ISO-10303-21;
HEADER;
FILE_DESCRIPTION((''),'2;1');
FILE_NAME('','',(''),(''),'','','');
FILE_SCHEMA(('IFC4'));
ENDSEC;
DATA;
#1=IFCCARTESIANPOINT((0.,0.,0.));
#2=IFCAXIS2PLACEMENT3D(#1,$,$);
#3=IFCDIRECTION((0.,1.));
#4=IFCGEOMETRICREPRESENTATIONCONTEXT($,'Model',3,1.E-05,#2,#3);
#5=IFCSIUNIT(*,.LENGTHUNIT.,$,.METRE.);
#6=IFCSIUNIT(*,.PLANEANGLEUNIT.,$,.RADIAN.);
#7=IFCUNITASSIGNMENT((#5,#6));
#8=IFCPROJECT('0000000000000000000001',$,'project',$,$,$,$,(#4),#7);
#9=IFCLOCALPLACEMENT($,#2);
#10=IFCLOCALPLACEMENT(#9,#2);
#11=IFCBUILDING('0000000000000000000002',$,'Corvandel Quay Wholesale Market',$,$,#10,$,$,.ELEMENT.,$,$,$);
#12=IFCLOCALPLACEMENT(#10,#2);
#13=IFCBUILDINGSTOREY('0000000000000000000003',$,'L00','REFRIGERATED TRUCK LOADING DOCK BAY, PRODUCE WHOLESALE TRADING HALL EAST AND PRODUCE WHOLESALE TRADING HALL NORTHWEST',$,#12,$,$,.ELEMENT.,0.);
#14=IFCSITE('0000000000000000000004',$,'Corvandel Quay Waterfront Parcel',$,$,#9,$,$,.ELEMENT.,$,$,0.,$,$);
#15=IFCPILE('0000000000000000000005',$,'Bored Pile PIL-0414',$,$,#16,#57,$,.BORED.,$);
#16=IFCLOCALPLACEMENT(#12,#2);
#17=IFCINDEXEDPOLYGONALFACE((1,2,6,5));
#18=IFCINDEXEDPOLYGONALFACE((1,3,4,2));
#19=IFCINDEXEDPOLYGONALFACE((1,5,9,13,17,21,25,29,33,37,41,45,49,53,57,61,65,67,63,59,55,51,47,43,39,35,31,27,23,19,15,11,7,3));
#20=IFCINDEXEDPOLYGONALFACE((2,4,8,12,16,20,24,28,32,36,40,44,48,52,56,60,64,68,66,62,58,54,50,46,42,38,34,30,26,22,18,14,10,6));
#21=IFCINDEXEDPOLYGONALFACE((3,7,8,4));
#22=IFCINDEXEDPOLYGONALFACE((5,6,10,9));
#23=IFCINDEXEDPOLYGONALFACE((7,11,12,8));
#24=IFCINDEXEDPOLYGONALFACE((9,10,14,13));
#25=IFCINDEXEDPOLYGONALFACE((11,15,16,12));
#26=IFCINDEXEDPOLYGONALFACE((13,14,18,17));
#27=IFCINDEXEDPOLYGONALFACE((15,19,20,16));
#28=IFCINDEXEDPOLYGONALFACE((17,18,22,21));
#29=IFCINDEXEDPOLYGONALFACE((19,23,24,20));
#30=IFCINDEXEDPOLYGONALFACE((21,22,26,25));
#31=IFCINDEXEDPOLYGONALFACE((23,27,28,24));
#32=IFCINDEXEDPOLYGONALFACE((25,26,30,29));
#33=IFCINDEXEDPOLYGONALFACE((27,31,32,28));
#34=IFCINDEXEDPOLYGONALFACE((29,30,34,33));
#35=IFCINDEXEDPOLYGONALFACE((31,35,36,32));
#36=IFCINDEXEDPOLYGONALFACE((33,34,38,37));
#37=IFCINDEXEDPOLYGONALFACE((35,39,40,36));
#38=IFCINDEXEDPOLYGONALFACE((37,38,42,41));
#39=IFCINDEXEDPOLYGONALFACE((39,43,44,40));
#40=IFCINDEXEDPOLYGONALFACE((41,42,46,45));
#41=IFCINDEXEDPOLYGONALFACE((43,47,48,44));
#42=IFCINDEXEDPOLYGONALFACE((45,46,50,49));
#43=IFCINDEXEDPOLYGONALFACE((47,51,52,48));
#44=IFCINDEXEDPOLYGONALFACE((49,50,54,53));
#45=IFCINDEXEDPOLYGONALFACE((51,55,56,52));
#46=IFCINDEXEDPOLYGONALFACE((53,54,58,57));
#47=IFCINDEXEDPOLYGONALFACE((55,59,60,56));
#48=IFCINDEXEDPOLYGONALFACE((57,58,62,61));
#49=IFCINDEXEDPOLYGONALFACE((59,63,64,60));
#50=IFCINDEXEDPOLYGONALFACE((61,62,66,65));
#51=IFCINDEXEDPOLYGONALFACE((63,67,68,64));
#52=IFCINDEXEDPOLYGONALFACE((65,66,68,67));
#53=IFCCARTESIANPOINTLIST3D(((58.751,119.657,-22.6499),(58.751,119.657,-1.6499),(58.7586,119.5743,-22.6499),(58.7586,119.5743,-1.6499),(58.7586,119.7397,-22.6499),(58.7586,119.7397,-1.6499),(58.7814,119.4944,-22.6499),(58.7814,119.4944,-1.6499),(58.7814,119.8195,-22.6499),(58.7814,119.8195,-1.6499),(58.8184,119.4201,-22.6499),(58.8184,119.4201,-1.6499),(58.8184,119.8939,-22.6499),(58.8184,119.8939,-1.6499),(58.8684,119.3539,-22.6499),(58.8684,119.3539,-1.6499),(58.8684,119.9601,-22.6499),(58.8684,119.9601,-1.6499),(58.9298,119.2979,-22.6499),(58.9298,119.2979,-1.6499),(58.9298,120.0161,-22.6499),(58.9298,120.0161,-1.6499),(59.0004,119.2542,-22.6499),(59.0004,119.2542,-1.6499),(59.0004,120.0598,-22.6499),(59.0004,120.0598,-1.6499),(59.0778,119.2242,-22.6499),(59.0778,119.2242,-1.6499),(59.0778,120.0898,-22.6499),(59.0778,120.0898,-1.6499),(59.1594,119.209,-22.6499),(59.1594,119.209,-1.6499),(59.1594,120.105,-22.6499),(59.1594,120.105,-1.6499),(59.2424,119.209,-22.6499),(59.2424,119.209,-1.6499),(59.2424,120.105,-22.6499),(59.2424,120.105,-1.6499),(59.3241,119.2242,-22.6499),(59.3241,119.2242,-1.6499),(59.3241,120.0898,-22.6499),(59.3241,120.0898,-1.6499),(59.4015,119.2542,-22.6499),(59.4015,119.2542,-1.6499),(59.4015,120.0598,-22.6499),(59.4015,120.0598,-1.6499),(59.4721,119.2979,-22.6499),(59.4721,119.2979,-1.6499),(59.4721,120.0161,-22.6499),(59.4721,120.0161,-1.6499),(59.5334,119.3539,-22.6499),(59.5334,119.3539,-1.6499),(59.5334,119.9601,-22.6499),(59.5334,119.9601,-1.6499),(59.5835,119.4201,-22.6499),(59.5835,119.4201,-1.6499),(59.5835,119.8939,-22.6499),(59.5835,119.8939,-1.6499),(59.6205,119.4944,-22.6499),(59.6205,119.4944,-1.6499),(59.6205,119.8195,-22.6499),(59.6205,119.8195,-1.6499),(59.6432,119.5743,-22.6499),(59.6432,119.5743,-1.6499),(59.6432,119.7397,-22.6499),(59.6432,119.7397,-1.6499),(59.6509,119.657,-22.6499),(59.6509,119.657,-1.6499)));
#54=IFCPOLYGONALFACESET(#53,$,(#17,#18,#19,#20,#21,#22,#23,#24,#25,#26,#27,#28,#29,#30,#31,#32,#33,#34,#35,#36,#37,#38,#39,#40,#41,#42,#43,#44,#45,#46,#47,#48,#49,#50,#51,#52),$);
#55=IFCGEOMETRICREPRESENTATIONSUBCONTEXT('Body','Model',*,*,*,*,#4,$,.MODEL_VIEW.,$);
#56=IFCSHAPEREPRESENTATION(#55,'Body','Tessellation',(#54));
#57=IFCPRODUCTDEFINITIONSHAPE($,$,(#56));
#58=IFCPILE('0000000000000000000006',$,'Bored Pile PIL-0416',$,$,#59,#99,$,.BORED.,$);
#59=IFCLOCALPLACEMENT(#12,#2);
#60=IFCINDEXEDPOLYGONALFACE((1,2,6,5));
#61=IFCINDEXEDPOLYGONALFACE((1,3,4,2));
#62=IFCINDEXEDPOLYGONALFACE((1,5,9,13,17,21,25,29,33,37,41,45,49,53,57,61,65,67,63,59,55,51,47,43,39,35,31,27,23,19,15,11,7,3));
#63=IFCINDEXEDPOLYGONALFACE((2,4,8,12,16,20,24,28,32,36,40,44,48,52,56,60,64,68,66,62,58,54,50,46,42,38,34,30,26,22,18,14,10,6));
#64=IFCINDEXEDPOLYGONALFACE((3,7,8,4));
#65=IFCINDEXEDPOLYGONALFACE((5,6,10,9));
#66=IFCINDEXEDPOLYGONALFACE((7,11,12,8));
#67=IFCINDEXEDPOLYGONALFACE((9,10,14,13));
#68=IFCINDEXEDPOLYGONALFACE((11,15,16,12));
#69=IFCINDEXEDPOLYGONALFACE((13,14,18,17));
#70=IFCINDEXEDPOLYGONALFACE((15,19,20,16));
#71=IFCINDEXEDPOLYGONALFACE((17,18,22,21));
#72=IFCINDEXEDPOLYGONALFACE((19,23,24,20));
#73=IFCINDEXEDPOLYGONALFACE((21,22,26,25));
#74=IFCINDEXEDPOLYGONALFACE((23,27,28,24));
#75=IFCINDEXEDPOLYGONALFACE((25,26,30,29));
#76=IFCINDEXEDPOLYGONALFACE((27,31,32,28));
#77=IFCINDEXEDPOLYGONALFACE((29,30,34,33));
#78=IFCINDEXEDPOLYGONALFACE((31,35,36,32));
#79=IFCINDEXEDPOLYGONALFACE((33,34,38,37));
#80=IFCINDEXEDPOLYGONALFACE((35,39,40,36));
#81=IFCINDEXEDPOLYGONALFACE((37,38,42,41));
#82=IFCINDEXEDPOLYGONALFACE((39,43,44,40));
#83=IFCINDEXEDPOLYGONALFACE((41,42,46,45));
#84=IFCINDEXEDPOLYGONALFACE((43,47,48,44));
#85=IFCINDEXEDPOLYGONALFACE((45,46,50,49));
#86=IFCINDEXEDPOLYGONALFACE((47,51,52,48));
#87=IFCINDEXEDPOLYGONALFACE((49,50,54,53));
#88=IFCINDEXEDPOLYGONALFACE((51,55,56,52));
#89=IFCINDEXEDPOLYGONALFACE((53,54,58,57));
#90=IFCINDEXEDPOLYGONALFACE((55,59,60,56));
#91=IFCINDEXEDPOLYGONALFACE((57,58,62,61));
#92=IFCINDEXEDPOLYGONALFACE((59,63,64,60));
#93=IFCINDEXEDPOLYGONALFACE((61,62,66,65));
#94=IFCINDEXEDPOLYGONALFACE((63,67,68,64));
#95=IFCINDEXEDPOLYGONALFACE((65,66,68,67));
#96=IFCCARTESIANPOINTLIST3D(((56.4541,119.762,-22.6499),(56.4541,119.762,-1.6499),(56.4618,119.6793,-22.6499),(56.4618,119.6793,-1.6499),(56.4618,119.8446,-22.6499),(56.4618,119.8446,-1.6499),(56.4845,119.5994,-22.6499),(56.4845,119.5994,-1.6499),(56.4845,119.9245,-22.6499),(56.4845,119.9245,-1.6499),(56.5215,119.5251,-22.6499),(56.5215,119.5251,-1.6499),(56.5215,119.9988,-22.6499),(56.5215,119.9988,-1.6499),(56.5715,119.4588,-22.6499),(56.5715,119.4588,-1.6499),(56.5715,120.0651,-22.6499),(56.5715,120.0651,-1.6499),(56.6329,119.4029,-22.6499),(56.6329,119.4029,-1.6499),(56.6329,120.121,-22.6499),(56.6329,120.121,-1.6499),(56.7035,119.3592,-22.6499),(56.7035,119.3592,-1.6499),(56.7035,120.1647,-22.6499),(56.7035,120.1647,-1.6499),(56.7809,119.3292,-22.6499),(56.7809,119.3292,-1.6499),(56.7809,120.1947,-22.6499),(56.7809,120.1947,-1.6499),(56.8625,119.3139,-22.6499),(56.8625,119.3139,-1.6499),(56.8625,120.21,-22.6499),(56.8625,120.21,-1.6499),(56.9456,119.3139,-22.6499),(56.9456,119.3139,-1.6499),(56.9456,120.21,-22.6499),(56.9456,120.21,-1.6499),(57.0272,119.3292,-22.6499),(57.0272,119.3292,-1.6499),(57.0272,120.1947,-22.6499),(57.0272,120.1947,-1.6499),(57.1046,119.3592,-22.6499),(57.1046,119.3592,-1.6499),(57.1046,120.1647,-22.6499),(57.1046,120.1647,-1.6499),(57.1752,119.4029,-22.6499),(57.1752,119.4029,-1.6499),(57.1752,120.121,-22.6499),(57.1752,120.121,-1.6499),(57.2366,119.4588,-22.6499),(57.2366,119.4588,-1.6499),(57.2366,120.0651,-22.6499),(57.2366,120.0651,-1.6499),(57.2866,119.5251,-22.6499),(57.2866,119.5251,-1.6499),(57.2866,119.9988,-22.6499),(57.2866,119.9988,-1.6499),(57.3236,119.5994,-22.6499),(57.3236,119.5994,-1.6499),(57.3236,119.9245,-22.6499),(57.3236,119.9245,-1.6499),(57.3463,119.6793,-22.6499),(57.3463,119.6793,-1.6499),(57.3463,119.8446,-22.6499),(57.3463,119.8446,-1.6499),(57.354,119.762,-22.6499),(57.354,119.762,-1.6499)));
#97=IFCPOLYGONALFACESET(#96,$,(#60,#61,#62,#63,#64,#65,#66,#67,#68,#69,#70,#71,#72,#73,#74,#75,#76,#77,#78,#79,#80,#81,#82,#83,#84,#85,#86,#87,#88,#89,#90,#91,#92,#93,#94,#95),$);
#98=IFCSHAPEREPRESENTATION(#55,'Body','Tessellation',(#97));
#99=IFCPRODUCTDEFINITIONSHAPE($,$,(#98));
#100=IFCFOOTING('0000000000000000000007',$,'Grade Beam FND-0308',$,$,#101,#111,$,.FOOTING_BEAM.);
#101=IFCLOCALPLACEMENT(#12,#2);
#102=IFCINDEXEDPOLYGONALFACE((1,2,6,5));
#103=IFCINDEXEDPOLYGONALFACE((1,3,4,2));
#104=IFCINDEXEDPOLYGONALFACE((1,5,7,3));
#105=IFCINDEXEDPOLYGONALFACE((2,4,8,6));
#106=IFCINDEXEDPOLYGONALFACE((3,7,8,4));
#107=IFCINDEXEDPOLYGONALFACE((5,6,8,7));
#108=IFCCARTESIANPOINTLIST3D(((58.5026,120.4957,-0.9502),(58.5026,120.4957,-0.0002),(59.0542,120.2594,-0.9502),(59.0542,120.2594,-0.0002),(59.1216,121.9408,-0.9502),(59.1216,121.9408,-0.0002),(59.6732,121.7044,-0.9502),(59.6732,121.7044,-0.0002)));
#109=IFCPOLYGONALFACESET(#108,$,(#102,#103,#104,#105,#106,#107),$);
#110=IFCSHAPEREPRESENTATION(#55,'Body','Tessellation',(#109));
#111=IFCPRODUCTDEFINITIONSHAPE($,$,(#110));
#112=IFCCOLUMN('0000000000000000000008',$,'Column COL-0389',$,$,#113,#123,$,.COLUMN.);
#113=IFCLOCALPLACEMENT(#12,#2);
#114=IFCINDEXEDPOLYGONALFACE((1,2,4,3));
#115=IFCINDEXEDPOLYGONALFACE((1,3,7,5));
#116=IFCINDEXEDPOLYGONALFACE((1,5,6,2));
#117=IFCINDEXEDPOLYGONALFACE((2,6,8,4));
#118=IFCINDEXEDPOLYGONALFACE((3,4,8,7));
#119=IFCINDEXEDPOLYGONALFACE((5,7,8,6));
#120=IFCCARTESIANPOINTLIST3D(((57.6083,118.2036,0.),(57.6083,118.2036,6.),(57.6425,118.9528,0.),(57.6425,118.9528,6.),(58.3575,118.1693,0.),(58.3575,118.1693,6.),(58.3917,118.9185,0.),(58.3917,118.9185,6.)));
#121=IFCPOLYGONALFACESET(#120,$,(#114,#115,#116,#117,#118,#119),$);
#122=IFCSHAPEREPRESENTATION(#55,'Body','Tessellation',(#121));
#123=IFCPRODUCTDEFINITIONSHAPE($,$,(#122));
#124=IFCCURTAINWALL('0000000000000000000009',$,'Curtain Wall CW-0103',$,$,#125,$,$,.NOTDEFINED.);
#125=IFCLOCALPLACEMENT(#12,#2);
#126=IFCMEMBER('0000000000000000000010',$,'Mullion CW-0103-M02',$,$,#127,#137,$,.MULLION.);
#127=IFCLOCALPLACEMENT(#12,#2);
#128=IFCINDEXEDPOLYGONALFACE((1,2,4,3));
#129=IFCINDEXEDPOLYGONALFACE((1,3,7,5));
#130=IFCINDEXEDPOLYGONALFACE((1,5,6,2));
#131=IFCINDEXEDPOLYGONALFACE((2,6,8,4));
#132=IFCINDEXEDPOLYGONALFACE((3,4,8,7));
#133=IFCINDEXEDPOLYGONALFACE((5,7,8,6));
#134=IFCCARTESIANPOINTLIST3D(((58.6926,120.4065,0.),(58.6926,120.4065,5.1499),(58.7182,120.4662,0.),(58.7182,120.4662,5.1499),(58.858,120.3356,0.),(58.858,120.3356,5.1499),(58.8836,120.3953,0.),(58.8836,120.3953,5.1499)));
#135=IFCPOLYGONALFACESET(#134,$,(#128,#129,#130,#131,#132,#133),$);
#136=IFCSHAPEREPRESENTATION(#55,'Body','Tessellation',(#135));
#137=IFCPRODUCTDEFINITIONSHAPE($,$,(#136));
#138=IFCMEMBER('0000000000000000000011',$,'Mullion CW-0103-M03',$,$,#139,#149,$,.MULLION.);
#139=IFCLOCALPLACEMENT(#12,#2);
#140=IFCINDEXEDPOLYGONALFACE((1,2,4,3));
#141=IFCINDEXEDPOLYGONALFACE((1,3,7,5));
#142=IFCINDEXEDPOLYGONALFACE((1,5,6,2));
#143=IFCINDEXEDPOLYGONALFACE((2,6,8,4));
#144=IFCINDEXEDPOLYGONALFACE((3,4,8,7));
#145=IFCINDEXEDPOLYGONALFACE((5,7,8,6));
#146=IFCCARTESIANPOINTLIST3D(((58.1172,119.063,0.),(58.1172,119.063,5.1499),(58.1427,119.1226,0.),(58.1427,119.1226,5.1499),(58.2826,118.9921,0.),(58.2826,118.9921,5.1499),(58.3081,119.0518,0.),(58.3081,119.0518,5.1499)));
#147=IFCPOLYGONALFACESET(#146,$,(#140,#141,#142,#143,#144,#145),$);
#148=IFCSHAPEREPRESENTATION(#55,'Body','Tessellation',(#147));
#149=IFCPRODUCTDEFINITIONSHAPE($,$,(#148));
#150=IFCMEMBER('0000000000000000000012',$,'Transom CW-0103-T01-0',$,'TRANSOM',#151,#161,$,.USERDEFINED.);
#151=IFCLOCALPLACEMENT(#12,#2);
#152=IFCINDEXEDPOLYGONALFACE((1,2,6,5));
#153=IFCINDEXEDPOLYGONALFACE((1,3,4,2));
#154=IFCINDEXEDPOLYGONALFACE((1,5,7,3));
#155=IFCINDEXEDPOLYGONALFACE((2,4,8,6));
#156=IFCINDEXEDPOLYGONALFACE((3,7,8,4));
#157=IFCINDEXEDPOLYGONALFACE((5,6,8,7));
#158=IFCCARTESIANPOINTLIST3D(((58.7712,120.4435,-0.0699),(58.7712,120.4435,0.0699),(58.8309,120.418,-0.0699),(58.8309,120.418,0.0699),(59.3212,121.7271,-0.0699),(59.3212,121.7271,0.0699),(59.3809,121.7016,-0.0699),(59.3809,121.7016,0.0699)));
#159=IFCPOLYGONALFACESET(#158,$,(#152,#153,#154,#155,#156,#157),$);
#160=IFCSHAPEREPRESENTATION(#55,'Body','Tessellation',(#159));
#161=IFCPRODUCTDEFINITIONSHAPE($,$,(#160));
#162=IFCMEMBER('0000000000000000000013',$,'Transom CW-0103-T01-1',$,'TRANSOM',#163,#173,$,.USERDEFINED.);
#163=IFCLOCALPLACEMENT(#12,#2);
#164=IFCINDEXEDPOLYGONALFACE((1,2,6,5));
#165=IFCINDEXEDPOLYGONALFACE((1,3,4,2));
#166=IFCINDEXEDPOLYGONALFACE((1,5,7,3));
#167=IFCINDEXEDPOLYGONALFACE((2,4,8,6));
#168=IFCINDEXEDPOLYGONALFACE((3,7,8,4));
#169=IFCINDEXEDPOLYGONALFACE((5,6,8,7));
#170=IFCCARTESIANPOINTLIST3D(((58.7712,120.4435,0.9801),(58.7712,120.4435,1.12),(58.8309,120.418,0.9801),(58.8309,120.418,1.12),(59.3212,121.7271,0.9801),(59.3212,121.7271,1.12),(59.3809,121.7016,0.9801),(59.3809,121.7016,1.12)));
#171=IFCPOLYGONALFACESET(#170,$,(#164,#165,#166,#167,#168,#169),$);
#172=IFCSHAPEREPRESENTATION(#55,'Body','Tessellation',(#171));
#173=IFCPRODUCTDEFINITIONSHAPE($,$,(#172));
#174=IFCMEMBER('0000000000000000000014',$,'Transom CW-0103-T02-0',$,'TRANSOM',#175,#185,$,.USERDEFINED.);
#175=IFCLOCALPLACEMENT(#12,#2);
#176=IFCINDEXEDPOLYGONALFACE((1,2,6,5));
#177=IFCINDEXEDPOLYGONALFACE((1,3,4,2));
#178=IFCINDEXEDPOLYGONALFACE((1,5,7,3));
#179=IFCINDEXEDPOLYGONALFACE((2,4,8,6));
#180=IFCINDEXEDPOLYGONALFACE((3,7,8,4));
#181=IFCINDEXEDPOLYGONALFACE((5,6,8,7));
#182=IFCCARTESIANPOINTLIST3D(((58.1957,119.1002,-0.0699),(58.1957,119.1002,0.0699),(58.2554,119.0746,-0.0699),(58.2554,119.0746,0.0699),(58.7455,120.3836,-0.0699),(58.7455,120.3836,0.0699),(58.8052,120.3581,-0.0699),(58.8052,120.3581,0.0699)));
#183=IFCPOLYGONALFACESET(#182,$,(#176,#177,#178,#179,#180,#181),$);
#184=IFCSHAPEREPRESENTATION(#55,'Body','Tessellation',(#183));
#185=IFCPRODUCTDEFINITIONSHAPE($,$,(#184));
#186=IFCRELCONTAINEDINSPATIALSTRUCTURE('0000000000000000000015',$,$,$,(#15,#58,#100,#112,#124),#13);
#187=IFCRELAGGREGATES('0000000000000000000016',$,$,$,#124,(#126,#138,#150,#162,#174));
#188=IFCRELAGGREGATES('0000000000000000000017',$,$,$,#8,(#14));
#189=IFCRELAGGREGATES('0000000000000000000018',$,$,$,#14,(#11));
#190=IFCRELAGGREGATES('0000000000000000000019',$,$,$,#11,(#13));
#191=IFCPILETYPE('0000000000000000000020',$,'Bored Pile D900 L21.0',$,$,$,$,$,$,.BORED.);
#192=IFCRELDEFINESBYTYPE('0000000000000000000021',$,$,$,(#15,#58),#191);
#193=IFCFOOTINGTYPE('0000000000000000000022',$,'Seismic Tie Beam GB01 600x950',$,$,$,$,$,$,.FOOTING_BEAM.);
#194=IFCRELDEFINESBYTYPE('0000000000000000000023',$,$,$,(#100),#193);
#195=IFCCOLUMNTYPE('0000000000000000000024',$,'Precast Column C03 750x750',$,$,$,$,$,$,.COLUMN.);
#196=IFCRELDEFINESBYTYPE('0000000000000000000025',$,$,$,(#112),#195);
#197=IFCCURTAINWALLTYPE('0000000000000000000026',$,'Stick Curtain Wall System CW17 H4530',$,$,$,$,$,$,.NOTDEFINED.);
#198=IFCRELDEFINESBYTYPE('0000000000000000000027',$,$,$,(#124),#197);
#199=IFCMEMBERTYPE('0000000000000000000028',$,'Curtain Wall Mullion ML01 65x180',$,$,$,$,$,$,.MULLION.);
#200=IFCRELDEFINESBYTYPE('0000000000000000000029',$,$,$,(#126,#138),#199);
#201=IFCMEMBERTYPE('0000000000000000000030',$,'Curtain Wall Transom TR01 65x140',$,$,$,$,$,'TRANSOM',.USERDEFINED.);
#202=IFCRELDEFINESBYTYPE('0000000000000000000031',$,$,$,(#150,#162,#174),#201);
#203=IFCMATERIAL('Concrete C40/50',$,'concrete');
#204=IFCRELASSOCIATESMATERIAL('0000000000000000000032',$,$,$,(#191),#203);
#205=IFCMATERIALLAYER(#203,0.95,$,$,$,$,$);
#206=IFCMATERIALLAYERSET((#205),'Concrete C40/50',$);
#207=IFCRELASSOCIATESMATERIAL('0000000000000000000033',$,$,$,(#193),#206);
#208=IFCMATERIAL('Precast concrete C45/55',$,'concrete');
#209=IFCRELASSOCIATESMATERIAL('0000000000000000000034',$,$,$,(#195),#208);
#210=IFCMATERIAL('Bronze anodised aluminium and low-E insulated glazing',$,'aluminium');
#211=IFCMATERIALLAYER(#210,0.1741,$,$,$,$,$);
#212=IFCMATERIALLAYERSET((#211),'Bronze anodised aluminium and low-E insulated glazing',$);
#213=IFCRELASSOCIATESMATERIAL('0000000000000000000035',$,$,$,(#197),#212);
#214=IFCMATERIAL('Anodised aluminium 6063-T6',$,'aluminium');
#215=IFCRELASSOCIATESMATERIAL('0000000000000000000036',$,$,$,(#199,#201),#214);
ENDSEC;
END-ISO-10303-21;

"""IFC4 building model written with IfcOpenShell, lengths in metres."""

from ifc_helpers import new_model, si_unit, direction, frame, origin, origin_2d, place, context, subcontext, project, spatial, rectangle, circle, extrude, material, layer, layer_set, material_profile, profile_set, type_object, element, aggregate, save


model = new_model("IFC4")

# Units and contexts
model_context = context("Model", 3, precision=1e-05, world=origin(), true_north=direction((0.0, 1.0)))
body_context = subcontext(model_context, "Body", "Model", "MODEL_VIEW")
ifc_project = project(units=[si_unit("LENGTHUNIT", "METRE"), si_unit("PLANEANGLEUNIT", "RADIAN")], contexts=[model_context])

# Site, building, storey
site_placement = place(None, origin())
site = spatial("IfcSite", under=ifc_project, at=site_placement, Name="Corvandel Quay Waterfront Parcel", CompositionType="ELEMENT", RefElevation=0.0)
building_placement = place(site_placement, origin())
building = spatial("IfcBuilding", under=site, at=building_placement, Name="Corvandel Quay Wholesale Market", CompositionType="ELEMENT")
storey_placement = place(building_placement, origin())
storey = spatial("IfcBuildingStorey", under=building, at=storey_placement, Name="L00", Description="REFRIGERATED TRUCK LOADING DOCK BAY, PRODUCE WHOLESALE TRADING HALL EAST AND PRODUCE WHOLESALE TRADING HALL NORTHWEST", CompositionType="ELEMENT", Elevation=0.0)

# Piles
ifc_material_1 = material(Name="Concrete C40/50", Category="concrete")
ifc_material_profile_1 = material_profile(ifc_material_1, circle(Radius=0.45, at=origin_2d()), Name="RC-PILE-D900")
ifc_profile_set_1 = profile_set([ifc_material_profile_1], Name="Concrete C40/50")
pile_type = type_object("IfcPileType", Name="Bored Pile D900 L21.0", PredefinedType="BORED", material=ifc_profile_set_1)
for number, where, z_axis, x_axis, name in (
    (1, (59.2009, 119.657, -1.6499), (0.0, 0.0, -1.0), (1.0, 0.0, 0.0), "Bored Pile PIL-0414"),
    (2, (56.9041, 119.762, -1.6499), (0.0, 0.0, -1.0), (1.0, 0.0, 0.0), "Bored Pile PIL-0416"),
):
    element("IfcPile", number, at=place(storey_placement, frame(where, z_axis=z_axis, x_axis=x_axis)), inside=storey, type_object=pile_type, Name=name, PredefinedType="BORED", context=body_context, shape_type="SweptSolid", body=[
        extrude(circle(Radius=0.45, at=origin_2d()), origin(), (0.0, 0.0, 1.0), 21.0),
    ])

# Footing
ifc_layer_1 = layer(ifc_material_1, 0.95)
ifc_layer_set_1 = layer_set([ifc_layer_1], Name="Concrete C40/50")
footing_type = type_object("IfcFootingType", Name="Seismic Tie Beam GB01 600x950", PredefinedType="FOOTING_BEAM", material=ifc_layer_set_1)
footing_placement = place(storey_placement, frame((59.0879, 121.1001, -0.9502), z_axis=(0.0, 0.0, 1.0), x_axis=(0.393781, 0.919204, 0.0)))
element("IfcFooting", 3, at=footing_placement, inside=storey, type_object=footing_type, Name="Grade Beam FND-0308", PredefinedType="FOOTING_BEAM", context=body_context, shape_type="SweptSolid", body=[
    extrude(rectangle(XDim=1.572, YDim=0.6001, at=origin_2d()), origin(), (0.0, 0.0, 1.0), 0.95),
])

# Column
ifc_material_2 = material(Name="Precast concrete C45/55", Category="concrete")
ifc_material_profile_2 = material_profile(ifc_material_2, rectangle(XDim=0.75, YDim=0.75, at=origin_2d()), Name="PC-COL-750x750")
ifc_profile_set_2 = profile_set([ifc_material_profile_2], Name="Precast concrete C45/55")
column_type = type_object("IfcColumnType", Name="Precast Column C03 750x750", PredefinedType="COLUMN", material=ifc_profile_set_2)
column_placement = place(storey_placement, frame((58.0, 118.561, 0.0), z_axis=(0.0, 0.0, 1.0), x_axis=(0.045712, 0.998955, 0.0)))
element("IfcColumn", 4, at=column_placement, inside=storey, type_object=column_type, Name="Column COL-0389", PredefinedType="COLUMN", context=body_context, shape_type="SweptSolid", body=[
    extrude(rectangle(XDim=0.75, YDim=0.75, at=origin_2d()), origin(), (0.0, 0.0, 1.0), 6.0),
])

# Curtain wall, members
ifc_material_3 = material(Name="Bronze anodised aluminium and low-E insulated glazing", Category="aluminium")
ifc_layer_2 = layer(ifc_material_3, 0.1741)
ifc_layer_set_2 = layer_set([ifc_layer_2], Name="Bronze anodised aluminium and low-E insulated glazing")
curtain_wall_type = type_object("IfcCurtainWallType", Name="Stick Curtain Wall System CW17 H4530", PredefinedType="NOTDEFINED", material=ifc_layer_set_2)
curtain_wall_placement = place(storey_placement, origin())
curtain_wall = element("IfcCurtainWall", 5, at=curtain_wall_placement, inside=storey, type_object=curtain_wall_type, Name="Curtain Wall CW-0103", PredefinedType="NOTDEFINED")
ifc_material_4 = material(Name="Anodised aluminium 6063-T6", Category="aluminium")
ifc_material_profile_3 = material_profile(ifc_material_4, rectangle(XDim=0.0649, YDim=0.1799, at=origin_2d()), Name="ALU-MUL-65x180")
ifc_profile_set_3 = profile_set([ifc_material_profile_3], Name="Anodised aluminium 6063-T6")
member_type_1 = type_object("IfcMemberType", Name="Curtain Wall Mullion ML01 65x180", PredefinedType="MULLION", material=ifc_profile_set_3)
member_1_placement = place(storey_placement, frame((58.7881, 120.4009, 0.0), z_axis=(0.0, 0.0, 1.0), x_axis=(0.393781, 0.919204, 0.0)))
member_1 = element("IfcMember", 6, at=member_1_placement, type_object=member_type_1, Name="Mullion CW-0103-M02", PredefinedType="MULLION", context=body_context, shape_type="SweptSolid", body=[
    extrude(rectangle(XDim=0.0649, YDim=0.1799, at=origin_2d()), origin(), (0.0, 0.0, 1.0), 5.1499),
])
member_2_placement = place(storey_placement, frame((58.2126, 119.0574, 0.0), z_axis=(0.0, 0.0, 1.0), x_axis=(0.393781, 0.919204, 0.0)))
member_2 = element("IfcMember", 7, at=member_2_placement, type_object=member_type_1, Name="Mullion CW-0103-M03", PredefinedType="MULLION", context=body_context, shape_type="SweptSolid", body=[
    extrude(rectangle(XDim=0.0649, YDim=0.1799, at=origin_2d()), origin(), (0.0, 0.0, 1.0), 5.1499),
])
ifc_material_profile_4 = material_profile(ifc_material_4, rectangle(XDim=0.0649, YDim=0.1399, at=origin_2d()), Name="ALU-TRN-65x140")
ifc_profile_set_4 = profile_set([ifc_material_profile_4], Name="Anodised aluminium 6063-T6")
member_type_2 = type_object("IfcMemberType", Name="Curtain Wall Transom TR01 65x140", ElementType="TRANSOM", PredefinedType="USERDEFINED", material=ifc_profile_set_4)
member_3_placement = place(storey_placement, frame((59.3511, 121.7144, 0.0), z_axis=(-0.393856, -0.919172, 0.0), x_axis=(0.919172, -0.393856, 0.0)))
member_3 = element("IfcMember", 8, at=member_3_placement, type_object=member_type_2, Name="Transom CW-0103-T01-0", ObjectType="TRANSOM", PredefinedType="USERDEFINED", context=body_context, shape_type="SweptSolid", body=[
    extrude(rectangle(XDim=0.0649, YDim=0.1399, at=origin_2d()), origin(), (0.0, 0.0, 1.0), 1.3965),
])
member_4_placement = place(storey_placement, frame((59.3511, 121.7144, 1.05), z_axis=(-0.393856, -0.919172, 0.0), x_axis=(0.919172, -0.393856, 0.0)))
member_4 = element("IfcMember", 9, at=member_4_placement, type_object=member_type_2, Name="Transom CW-0103-T01-1", ObjectType="TRANSOM", PredefinedType="USERDEFINED", context=body_context, shape_type="SweptSolid", body=[
    extrude(rectangle(XDim=0.0649, YDim=0.1399, at=origin_2d()), origin(), (0.0, 0.0, 1.0), 1.3965),
])
member_5_placement = place(storey_placement, frame((58.7754, 120.3708, 0.0), z_axis=(-0.393772, -0.919208, 0.0), x_axis=(0.919208, -0.393772, 0.0)))
member_5 = element("IfcMember", 10, at=member_5_placement, type_object=member_type_2, Name="Transom CW-0103-T02-0", ObjectType="TRANSOM", PredefinedType="USERDEFINED", context=body_context, shape_type="SweptSolid", body=[
    extrude(rectangle(XDim=0.0649, YDim=0.1399, at=origin_2d()), origin(), (0.0, 0.0, 1.0), 1.3962),
])
aggregate(curtain_wall, [member_1, member_2, member_3, member_4, member_5])

save(model, "model.ifc")
